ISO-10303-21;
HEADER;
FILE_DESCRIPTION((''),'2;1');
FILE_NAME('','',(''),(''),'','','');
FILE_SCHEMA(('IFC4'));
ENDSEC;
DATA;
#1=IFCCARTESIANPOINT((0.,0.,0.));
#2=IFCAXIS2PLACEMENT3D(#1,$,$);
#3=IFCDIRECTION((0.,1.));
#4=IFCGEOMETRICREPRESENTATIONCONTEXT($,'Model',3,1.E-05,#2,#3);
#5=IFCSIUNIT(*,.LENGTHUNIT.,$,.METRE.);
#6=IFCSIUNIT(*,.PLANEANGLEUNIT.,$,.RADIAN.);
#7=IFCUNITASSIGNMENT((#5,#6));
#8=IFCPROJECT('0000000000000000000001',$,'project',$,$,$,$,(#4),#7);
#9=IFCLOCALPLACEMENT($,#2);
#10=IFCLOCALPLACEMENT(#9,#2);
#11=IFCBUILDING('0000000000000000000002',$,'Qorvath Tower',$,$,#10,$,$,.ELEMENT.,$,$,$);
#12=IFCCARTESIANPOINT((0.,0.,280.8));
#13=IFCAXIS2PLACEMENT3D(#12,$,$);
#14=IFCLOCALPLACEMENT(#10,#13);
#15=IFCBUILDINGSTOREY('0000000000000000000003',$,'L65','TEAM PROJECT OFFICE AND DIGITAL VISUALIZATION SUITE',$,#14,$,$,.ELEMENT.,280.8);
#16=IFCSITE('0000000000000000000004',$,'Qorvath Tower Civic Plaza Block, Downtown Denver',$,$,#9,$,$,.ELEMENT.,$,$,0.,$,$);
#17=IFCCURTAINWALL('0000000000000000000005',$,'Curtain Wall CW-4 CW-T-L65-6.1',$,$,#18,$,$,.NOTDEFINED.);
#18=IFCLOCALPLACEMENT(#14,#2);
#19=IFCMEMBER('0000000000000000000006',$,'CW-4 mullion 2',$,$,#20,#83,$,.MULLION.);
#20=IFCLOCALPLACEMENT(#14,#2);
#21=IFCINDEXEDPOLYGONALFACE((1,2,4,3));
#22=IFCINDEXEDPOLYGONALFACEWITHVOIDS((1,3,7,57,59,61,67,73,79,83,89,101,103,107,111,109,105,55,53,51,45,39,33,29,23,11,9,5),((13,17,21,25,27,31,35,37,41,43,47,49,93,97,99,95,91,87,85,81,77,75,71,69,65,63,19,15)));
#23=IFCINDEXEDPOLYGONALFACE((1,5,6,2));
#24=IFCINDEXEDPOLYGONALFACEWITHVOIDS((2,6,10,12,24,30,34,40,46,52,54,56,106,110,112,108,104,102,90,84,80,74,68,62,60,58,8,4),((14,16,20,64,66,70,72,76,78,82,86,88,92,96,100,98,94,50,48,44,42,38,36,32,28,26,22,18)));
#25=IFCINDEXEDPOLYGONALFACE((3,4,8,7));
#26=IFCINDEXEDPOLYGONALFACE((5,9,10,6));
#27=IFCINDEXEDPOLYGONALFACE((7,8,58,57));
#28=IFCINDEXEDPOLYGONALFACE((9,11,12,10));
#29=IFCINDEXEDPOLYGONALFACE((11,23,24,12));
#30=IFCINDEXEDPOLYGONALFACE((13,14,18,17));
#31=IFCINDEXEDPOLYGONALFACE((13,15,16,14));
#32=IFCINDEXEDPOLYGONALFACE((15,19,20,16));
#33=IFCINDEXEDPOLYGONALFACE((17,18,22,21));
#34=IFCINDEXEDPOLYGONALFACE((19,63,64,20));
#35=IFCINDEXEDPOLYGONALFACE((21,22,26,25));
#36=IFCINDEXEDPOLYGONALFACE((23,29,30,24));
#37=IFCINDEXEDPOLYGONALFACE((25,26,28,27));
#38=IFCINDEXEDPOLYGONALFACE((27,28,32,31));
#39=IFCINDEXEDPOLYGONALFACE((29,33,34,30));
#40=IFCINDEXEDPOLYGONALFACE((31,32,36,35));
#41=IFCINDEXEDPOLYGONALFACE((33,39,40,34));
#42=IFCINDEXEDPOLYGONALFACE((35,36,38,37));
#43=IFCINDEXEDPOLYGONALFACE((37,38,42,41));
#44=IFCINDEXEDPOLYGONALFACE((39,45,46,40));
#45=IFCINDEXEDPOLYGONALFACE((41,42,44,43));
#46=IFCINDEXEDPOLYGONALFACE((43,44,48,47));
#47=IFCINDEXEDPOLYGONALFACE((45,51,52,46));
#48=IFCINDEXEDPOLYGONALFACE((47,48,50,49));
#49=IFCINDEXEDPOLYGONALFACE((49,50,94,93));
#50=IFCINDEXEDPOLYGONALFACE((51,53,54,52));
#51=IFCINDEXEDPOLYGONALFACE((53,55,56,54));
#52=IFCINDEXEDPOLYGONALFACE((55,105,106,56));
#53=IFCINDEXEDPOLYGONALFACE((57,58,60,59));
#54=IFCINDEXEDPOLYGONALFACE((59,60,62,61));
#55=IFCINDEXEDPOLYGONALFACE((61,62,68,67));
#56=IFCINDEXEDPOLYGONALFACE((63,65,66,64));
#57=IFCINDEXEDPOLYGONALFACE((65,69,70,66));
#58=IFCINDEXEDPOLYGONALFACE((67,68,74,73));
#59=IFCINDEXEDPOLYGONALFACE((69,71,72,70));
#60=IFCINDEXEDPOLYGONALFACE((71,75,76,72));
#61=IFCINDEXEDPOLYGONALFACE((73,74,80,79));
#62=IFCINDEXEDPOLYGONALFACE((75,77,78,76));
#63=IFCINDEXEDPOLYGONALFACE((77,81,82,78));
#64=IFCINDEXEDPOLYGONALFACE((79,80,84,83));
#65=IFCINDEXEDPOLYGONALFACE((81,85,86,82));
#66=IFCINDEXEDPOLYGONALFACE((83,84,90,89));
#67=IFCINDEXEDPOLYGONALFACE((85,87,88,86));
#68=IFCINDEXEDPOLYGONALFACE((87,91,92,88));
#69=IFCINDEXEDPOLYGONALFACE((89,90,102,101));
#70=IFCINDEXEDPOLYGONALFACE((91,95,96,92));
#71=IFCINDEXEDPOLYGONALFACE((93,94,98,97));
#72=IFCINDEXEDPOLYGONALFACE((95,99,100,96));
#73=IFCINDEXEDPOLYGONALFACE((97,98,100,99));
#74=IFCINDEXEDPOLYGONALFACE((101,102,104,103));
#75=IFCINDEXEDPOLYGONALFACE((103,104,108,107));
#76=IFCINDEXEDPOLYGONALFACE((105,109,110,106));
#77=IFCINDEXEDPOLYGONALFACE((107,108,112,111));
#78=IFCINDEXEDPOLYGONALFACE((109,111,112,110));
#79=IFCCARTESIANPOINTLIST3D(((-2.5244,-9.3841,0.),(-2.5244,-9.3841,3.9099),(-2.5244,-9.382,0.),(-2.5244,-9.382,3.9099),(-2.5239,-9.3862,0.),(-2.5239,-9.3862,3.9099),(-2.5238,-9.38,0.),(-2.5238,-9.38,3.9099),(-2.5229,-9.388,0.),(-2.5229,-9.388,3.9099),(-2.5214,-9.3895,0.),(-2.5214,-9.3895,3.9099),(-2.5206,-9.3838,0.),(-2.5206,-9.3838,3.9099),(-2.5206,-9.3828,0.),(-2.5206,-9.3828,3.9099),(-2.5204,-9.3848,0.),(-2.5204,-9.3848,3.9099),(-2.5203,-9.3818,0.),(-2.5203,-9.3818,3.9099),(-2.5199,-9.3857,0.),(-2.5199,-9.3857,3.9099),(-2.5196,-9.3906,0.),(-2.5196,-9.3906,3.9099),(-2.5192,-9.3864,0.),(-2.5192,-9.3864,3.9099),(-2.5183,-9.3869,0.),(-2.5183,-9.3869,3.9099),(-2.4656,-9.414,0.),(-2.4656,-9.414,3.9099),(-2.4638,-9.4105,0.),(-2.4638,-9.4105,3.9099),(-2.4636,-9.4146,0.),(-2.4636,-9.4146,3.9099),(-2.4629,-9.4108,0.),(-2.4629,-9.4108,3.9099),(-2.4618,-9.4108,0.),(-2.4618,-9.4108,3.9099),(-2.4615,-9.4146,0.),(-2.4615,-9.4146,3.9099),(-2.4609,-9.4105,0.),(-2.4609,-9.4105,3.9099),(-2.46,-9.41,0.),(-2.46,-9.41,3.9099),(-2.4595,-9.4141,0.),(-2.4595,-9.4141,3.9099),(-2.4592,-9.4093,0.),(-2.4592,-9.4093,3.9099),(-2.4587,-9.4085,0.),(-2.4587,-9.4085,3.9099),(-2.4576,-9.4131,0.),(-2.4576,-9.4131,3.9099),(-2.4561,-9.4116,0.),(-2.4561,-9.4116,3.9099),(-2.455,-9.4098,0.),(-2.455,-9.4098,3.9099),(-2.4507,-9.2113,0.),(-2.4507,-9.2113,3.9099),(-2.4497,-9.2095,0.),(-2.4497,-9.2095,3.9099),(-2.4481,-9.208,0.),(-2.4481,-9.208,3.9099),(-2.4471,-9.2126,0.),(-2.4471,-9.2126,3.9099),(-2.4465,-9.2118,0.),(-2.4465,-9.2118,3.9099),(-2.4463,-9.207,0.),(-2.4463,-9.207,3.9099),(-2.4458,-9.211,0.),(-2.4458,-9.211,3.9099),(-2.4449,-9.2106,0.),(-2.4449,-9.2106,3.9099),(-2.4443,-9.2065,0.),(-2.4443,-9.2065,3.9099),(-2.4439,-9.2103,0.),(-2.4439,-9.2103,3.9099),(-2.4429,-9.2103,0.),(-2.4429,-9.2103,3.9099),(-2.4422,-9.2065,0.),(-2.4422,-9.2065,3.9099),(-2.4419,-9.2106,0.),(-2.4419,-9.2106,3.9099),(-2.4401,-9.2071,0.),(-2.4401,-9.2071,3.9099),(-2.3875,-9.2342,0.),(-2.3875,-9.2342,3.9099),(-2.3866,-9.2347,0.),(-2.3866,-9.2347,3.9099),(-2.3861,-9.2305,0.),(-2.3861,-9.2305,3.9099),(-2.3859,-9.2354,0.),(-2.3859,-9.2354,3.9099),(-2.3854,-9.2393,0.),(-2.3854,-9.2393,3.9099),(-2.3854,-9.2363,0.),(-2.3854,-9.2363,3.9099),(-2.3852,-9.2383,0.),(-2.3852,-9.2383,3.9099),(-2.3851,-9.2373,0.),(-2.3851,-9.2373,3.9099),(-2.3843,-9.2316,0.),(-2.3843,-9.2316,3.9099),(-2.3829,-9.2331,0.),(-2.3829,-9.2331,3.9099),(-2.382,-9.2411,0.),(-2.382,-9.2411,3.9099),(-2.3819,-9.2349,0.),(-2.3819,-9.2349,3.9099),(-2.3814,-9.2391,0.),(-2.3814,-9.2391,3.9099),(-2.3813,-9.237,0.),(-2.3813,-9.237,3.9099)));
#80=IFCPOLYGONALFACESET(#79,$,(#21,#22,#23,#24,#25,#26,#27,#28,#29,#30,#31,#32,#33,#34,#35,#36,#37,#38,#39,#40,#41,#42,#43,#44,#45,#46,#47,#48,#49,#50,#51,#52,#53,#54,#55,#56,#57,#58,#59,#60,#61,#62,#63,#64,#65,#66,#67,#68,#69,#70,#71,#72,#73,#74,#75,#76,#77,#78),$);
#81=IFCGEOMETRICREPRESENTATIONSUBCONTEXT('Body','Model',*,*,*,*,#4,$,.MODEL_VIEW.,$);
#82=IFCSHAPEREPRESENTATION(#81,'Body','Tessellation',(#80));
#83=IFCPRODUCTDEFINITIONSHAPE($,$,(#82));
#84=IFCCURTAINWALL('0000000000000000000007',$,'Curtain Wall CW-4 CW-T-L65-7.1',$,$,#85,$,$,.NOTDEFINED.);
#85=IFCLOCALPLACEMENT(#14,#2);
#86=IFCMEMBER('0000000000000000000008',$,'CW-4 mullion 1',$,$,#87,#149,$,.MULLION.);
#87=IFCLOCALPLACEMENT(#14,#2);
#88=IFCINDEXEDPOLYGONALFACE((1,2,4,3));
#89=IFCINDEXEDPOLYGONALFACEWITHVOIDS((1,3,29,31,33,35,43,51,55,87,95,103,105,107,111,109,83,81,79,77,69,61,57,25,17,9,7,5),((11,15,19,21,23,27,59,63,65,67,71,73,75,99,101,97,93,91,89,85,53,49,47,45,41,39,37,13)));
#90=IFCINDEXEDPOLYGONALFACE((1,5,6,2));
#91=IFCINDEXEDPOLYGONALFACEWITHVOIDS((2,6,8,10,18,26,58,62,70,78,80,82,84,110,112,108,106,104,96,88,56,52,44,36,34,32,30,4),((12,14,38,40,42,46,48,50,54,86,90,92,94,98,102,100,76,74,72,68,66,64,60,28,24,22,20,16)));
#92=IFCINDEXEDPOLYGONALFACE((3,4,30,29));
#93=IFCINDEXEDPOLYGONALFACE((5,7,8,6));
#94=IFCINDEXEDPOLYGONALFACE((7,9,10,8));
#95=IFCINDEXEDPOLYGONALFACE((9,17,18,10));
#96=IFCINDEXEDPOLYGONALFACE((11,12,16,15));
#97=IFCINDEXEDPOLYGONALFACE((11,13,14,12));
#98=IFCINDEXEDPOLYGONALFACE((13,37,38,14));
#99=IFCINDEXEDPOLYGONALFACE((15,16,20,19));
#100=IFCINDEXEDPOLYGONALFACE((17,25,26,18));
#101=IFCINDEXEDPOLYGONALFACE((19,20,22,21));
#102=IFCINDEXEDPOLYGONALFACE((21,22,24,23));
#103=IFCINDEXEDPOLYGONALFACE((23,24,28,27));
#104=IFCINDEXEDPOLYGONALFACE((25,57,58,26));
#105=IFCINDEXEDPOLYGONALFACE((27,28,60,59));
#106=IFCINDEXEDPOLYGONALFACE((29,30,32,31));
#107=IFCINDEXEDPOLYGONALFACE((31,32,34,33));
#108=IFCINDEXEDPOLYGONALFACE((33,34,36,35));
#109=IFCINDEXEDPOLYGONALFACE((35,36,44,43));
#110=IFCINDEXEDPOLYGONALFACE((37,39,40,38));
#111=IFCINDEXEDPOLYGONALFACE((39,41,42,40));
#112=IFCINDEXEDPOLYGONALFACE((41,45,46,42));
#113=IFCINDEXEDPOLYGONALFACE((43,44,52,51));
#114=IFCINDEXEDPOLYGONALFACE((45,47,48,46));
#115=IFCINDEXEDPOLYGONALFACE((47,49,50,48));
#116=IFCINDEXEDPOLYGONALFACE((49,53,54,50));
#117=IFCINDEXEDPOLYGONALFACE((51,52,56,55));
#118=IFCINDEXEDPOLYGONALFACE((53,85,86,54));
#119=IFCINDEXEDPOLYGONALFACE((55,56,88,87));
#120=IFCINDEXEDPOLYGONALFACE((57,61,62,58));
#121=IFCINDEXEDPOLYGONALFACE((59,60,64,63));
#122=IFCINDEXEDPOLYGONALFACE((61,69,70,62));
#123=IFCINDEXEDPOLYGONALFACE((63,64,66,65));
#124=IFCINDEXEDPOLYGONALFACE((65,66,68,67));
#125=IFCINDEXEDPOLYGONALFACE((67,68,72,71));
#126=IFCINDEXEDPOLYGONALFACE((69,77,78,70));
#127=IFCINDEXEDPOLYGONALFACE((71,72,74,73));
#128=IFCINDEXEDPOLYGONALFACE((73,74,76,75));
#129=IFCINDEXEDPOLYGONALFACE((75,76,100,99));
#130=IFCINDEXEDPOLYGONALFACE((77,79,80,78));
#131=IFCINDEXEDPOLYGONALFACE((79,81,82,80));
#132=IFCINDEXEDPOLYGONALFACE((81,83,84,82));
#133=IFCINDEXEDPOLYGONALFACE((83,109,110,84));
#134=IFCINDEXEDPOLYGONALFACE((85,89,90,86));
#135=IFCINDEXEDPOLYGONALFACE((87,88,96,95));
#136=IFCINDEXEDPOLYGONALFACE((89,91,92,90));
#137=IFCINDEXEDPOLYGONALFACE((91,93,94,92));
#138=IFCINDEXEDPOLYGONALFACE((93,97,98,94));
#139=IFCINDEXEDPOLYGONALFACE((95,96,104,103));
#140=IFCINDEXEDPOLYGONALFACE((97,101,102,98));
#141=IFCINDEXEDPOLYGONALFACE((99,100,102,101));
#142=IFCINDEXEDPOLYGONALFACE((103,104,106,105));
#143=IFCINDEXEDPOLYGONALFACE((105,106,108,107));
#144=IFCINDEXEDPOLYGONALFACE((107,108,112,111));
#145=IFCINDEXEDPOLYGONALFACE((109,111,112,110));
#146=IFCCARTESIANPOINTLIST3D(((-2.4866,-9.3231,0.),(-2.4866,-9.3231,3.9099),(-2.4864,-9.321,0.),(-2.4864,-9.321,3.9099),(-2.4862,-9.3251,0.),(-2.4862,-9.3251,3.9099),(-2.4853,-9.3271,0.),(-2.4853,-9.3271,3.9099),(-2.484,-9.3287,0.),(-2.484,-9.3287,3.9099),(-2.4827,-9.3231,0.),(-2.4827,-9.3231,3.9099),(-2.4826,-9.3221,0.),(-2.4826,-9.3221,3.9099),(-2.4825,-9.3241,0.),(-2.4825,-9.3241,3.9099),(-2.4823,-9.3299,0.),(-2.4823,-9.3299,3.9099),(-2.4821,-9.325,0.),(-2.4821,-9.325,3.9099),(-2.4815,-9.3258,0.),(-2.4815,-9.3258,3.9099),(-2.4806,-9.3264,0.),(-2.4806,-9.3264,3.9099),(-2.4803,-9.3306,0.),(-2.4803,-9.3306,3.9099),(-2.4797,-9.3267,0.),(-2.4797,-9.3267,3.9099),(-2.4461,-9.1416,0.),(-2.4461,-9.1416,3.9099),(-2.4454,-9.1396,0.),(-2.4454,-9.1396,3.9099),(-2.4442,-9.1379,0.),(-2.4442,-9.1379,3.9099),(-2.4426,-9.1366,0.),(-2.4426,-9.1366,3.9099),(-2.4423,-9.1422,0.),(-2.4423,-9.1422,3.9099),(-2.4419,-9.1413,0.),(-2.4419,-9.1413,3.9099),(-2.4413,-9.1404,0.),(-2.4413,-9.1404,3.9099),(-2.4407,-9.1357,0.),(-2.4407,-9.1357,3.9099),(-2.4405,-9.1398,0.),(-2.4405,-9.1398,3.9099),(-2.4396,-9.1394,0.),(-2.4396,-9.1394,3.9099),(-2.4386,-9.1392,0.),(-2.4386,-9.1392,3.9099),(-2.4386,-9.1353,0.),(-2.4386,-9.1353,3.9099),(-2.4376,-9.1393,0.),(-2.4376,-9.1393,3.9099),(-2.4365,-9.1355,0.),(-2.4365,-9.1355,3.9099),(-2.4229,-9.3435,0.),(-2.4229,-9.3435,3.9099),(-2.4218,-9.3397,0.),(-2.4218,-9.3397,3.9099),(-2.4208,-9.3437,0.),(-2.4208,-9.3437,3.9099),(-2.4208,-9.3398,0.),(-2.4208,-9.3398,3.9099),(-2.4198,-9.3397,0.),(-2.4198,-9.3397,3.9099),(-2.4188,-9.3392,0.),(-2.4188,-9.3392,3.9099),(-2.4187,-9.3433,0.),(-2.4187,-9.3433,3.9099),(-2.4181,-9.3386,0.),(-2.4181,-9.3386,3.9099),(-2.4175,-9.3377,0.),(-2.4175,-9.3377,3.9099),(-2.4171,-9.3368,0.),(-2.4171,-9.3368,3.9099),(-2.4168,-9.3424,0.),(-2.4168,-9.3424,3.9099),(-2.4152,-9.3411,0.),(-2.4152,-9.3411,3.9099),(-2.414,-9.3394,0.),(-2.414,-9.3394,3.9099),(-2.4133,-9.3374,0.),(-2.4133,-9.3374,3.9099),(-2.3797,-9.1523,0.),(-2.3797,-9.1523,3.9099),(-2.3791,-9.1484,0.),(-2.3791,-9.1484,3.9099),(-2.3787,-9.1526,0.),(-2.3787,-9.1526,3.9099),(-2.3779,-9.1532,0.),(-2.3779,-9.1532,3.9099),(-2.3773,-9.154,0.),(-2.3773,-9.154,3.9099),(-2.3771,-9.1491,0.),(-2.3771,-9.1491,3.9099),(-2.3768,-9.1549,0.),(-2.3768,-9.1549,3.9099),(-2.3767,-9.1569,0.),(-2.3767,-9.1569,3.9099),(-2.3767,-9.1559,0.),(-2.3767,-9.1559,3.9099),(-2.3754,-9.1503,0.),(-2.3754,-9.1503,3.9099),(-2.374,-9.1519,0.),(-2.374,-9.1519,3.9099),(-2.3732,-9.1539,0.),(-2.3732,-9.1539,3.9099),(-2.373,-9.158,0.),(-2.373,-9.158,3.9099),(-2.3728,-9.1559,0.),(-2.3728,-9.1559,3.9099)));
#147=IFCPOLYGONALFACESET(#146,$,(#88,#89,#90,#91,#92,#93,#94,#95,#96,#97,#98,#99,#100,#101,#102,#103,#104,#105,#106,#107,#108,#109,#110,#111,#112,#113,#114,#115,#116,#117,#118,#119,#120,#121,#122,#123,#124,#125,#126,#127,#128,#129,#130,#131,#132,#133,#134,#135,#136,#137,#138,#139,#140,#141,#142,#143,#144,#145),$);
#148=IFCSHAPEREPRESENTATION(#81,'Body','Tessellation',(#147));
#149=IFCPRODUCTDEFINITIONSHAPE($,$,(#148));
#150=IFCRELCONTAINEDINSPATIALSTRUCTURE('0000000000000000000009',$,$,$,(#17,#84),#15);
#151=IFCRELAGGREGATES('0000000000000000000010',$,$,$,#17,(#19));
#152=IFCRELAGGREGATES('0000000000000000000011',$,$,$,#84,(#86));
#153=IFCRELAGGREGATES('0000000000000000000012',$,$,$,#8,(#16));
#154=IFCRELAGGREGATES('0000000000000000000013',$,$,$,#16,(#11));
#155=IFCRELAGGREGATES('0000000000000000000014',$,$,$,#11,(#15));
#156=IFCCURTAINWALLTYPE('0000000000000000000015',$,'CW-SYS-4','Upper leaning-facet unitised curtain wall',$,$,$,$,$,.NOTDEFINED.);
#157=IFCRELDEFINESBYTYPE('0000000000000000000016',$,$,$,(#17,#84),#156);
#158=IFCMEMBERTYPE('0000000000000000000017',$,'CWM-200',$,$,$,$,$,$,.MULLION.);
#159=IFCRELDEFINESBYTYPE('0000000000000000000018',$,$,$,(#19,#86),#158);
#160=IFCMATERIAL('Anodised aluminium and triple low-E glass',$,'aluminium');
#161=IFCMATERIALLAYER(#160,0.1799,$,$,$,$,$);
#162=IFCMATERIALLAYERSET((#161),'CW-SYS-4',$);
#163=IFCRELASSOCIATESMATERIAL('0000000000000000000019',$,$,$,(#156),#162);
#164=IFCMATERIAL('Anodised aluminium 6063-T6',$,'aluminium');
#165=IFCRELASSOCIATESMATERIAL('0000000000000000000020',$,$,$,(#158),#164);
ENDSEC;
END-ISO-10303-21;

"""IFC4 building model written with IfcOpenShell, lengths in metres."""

from ifc_helpers import new_model, si_unit, direction, frame, origin, origin_2d, place, context, subcontext, project, spatial, hollow_rectangle, extrude, material, layer, layer_set, material_profile, profile_set, type_object, element, aggregate, save


model = new_model("IFC4")

# Units and contexts
model_context = context("Model", 3, precision=1e-05, world=origin(), true_north=direction((0.0, 1.0)))
body_context = subcontext(model_context, "Body", "Model", "MODEL_VIEW")
ifc_project = project(units=[si_unit("LENGTHUNIT", "METRE"), si_unit("PLANEANGLEUNIT", "RADIAN")], contexts=[model_context])

# Site, building, storey
site_placement = place(None, origin())
site = spatial("IfcSite", under=ifc_project, at=site_placement, Name="Qorvath Tower Civic Plaza Block, Downtown Denver", CompositionType="ELEMENT", RefElevation=0.0)
building_placement = place(site_placement, origin())
building = spatial("IfcBuilding", under=site, at=building_placement, Name="Qorvath Tower", CompositionType="ELEMENT")
storey_placement = place(building_placement, frame((0.0, 0.0, 280.8)))
storey = spatial("IfcBuildingStorey", under=building, at=storey_placement, Name="L65", Description="TEAM PROJECT OFFICE AND DIGITAL VISUALIZATION SUITE", CompositionType="ELEMENT", Elevation=280.8)

# Shared definitions
ifc_material_1 = material(Name="Anodised aluminium and triple low-E glass", Category="aluminium")
ifc_layer_1 = layer(ifc_material_1, 0.1799)
ifc_layer_set_1 = layer_set([ifc_layer_1], Name="CW-SYS-4")
curtain_wall_type = type_object("IfcCurtainWallType", Name="CW-SYS-4", Description="Upper leaning-facet unitised curtain wall", PredefinedType="NOTDEFINED", material=ifc_layer_set_1)
ifc_material_2 = material(Name="Anodised aluminium 6063-T6", Category="aluminium")
ifc_material_profile_1 = material_profile(ifc_material_2, hollow_rectangle(XDim=0.075, YDim=0.2, WallThickness=0.0039, InnerFilletRadius=0.0039, OuterFilletRadius=0.0081, at=origin_2d()), Name="CWM 200x75")
ifc_profile_set_1 = profile_set([ifc_material_profile_1], Name="Anodised aluminium 6063-T6")
member_type_1 = type_object("IfcMemberType", Name="CWM-200", PredefinedType="MULLION", material=ifc_profile_set_1)

# Curtain wall, member
curtain_wall_1_placement = place(storey_placement, origin())
curtain_wall_1 = element("IfcCurtainWall", 1, at=curtain_wall_1_placement, inside=storey, type_object=curtain_wall_type, Name="Curtain Wall CW-4 CW-T-L65-6.1", PredefinedType="NOTDEFINED")
member_1_placement = place(storey_placement, frame((-2.4529, -9.3105, 0.0), z_axis=(0.0, 0.0, 1.0), x_axis=(-0.91761, 0.397482, 0.0)))
member_1 = element("IfcMember", 2, at=member_1_placement, type_object=member_type_1, Name="CW-4 mullion 2", PredefinedType="MULLION", context=body_context, shape_type="SweptSolid", body=[
    extrude(hollow_rectangle(XDim=0.075, YDim=0.2, WallThickness=0.0039, InnerFilletRadius=0.0039, OuterFilletRadius=0.0081, at=origin_2d()), origin(), (0.0, 0.0, 1.0), 3.9099),
])

# Curtain wall, member
curtain_wall_2_placement = place(storey_placement, origin())
curtain_wall_2 = element("IfcCurtainWall", 3, at=curtain_wall_2_placement, inside=storey, type_object=curtain_wall_type, Name="Curtain Wall CW-4 CW-T-L65-7.1", PredefinedType="NOTDEFINED")
member_2_placement = place(storey_placement, frame((-2.4297, -9.2395, 0.0), z_axis=(0.0, 0.0, 1.0), x_axis=(-0.975724, 0.219006, 0.0)))
member_2 = element("IfcMember", 4, at=member_2_placement, type_object=member_type_1, Name="CW-4 mullion 1", PredefinedType="MULLION", context=body_context, shape_type="SweptSolid", body=[
    extrude(hollow_rectangle(XDim=0.075, YDim=0.2, WallThickness=0.0039, InnerFilletRadius=0.0039, OuterFilletRadius=0.0081, at=origin_2d()), origin(), (0.0, 0.0, 1.0), 3.9099),
])

aggregate(curtain_wall_1, [member_1])
aggregate(curtain_wall_2, [member_2])

save(model, "model.ifc")
